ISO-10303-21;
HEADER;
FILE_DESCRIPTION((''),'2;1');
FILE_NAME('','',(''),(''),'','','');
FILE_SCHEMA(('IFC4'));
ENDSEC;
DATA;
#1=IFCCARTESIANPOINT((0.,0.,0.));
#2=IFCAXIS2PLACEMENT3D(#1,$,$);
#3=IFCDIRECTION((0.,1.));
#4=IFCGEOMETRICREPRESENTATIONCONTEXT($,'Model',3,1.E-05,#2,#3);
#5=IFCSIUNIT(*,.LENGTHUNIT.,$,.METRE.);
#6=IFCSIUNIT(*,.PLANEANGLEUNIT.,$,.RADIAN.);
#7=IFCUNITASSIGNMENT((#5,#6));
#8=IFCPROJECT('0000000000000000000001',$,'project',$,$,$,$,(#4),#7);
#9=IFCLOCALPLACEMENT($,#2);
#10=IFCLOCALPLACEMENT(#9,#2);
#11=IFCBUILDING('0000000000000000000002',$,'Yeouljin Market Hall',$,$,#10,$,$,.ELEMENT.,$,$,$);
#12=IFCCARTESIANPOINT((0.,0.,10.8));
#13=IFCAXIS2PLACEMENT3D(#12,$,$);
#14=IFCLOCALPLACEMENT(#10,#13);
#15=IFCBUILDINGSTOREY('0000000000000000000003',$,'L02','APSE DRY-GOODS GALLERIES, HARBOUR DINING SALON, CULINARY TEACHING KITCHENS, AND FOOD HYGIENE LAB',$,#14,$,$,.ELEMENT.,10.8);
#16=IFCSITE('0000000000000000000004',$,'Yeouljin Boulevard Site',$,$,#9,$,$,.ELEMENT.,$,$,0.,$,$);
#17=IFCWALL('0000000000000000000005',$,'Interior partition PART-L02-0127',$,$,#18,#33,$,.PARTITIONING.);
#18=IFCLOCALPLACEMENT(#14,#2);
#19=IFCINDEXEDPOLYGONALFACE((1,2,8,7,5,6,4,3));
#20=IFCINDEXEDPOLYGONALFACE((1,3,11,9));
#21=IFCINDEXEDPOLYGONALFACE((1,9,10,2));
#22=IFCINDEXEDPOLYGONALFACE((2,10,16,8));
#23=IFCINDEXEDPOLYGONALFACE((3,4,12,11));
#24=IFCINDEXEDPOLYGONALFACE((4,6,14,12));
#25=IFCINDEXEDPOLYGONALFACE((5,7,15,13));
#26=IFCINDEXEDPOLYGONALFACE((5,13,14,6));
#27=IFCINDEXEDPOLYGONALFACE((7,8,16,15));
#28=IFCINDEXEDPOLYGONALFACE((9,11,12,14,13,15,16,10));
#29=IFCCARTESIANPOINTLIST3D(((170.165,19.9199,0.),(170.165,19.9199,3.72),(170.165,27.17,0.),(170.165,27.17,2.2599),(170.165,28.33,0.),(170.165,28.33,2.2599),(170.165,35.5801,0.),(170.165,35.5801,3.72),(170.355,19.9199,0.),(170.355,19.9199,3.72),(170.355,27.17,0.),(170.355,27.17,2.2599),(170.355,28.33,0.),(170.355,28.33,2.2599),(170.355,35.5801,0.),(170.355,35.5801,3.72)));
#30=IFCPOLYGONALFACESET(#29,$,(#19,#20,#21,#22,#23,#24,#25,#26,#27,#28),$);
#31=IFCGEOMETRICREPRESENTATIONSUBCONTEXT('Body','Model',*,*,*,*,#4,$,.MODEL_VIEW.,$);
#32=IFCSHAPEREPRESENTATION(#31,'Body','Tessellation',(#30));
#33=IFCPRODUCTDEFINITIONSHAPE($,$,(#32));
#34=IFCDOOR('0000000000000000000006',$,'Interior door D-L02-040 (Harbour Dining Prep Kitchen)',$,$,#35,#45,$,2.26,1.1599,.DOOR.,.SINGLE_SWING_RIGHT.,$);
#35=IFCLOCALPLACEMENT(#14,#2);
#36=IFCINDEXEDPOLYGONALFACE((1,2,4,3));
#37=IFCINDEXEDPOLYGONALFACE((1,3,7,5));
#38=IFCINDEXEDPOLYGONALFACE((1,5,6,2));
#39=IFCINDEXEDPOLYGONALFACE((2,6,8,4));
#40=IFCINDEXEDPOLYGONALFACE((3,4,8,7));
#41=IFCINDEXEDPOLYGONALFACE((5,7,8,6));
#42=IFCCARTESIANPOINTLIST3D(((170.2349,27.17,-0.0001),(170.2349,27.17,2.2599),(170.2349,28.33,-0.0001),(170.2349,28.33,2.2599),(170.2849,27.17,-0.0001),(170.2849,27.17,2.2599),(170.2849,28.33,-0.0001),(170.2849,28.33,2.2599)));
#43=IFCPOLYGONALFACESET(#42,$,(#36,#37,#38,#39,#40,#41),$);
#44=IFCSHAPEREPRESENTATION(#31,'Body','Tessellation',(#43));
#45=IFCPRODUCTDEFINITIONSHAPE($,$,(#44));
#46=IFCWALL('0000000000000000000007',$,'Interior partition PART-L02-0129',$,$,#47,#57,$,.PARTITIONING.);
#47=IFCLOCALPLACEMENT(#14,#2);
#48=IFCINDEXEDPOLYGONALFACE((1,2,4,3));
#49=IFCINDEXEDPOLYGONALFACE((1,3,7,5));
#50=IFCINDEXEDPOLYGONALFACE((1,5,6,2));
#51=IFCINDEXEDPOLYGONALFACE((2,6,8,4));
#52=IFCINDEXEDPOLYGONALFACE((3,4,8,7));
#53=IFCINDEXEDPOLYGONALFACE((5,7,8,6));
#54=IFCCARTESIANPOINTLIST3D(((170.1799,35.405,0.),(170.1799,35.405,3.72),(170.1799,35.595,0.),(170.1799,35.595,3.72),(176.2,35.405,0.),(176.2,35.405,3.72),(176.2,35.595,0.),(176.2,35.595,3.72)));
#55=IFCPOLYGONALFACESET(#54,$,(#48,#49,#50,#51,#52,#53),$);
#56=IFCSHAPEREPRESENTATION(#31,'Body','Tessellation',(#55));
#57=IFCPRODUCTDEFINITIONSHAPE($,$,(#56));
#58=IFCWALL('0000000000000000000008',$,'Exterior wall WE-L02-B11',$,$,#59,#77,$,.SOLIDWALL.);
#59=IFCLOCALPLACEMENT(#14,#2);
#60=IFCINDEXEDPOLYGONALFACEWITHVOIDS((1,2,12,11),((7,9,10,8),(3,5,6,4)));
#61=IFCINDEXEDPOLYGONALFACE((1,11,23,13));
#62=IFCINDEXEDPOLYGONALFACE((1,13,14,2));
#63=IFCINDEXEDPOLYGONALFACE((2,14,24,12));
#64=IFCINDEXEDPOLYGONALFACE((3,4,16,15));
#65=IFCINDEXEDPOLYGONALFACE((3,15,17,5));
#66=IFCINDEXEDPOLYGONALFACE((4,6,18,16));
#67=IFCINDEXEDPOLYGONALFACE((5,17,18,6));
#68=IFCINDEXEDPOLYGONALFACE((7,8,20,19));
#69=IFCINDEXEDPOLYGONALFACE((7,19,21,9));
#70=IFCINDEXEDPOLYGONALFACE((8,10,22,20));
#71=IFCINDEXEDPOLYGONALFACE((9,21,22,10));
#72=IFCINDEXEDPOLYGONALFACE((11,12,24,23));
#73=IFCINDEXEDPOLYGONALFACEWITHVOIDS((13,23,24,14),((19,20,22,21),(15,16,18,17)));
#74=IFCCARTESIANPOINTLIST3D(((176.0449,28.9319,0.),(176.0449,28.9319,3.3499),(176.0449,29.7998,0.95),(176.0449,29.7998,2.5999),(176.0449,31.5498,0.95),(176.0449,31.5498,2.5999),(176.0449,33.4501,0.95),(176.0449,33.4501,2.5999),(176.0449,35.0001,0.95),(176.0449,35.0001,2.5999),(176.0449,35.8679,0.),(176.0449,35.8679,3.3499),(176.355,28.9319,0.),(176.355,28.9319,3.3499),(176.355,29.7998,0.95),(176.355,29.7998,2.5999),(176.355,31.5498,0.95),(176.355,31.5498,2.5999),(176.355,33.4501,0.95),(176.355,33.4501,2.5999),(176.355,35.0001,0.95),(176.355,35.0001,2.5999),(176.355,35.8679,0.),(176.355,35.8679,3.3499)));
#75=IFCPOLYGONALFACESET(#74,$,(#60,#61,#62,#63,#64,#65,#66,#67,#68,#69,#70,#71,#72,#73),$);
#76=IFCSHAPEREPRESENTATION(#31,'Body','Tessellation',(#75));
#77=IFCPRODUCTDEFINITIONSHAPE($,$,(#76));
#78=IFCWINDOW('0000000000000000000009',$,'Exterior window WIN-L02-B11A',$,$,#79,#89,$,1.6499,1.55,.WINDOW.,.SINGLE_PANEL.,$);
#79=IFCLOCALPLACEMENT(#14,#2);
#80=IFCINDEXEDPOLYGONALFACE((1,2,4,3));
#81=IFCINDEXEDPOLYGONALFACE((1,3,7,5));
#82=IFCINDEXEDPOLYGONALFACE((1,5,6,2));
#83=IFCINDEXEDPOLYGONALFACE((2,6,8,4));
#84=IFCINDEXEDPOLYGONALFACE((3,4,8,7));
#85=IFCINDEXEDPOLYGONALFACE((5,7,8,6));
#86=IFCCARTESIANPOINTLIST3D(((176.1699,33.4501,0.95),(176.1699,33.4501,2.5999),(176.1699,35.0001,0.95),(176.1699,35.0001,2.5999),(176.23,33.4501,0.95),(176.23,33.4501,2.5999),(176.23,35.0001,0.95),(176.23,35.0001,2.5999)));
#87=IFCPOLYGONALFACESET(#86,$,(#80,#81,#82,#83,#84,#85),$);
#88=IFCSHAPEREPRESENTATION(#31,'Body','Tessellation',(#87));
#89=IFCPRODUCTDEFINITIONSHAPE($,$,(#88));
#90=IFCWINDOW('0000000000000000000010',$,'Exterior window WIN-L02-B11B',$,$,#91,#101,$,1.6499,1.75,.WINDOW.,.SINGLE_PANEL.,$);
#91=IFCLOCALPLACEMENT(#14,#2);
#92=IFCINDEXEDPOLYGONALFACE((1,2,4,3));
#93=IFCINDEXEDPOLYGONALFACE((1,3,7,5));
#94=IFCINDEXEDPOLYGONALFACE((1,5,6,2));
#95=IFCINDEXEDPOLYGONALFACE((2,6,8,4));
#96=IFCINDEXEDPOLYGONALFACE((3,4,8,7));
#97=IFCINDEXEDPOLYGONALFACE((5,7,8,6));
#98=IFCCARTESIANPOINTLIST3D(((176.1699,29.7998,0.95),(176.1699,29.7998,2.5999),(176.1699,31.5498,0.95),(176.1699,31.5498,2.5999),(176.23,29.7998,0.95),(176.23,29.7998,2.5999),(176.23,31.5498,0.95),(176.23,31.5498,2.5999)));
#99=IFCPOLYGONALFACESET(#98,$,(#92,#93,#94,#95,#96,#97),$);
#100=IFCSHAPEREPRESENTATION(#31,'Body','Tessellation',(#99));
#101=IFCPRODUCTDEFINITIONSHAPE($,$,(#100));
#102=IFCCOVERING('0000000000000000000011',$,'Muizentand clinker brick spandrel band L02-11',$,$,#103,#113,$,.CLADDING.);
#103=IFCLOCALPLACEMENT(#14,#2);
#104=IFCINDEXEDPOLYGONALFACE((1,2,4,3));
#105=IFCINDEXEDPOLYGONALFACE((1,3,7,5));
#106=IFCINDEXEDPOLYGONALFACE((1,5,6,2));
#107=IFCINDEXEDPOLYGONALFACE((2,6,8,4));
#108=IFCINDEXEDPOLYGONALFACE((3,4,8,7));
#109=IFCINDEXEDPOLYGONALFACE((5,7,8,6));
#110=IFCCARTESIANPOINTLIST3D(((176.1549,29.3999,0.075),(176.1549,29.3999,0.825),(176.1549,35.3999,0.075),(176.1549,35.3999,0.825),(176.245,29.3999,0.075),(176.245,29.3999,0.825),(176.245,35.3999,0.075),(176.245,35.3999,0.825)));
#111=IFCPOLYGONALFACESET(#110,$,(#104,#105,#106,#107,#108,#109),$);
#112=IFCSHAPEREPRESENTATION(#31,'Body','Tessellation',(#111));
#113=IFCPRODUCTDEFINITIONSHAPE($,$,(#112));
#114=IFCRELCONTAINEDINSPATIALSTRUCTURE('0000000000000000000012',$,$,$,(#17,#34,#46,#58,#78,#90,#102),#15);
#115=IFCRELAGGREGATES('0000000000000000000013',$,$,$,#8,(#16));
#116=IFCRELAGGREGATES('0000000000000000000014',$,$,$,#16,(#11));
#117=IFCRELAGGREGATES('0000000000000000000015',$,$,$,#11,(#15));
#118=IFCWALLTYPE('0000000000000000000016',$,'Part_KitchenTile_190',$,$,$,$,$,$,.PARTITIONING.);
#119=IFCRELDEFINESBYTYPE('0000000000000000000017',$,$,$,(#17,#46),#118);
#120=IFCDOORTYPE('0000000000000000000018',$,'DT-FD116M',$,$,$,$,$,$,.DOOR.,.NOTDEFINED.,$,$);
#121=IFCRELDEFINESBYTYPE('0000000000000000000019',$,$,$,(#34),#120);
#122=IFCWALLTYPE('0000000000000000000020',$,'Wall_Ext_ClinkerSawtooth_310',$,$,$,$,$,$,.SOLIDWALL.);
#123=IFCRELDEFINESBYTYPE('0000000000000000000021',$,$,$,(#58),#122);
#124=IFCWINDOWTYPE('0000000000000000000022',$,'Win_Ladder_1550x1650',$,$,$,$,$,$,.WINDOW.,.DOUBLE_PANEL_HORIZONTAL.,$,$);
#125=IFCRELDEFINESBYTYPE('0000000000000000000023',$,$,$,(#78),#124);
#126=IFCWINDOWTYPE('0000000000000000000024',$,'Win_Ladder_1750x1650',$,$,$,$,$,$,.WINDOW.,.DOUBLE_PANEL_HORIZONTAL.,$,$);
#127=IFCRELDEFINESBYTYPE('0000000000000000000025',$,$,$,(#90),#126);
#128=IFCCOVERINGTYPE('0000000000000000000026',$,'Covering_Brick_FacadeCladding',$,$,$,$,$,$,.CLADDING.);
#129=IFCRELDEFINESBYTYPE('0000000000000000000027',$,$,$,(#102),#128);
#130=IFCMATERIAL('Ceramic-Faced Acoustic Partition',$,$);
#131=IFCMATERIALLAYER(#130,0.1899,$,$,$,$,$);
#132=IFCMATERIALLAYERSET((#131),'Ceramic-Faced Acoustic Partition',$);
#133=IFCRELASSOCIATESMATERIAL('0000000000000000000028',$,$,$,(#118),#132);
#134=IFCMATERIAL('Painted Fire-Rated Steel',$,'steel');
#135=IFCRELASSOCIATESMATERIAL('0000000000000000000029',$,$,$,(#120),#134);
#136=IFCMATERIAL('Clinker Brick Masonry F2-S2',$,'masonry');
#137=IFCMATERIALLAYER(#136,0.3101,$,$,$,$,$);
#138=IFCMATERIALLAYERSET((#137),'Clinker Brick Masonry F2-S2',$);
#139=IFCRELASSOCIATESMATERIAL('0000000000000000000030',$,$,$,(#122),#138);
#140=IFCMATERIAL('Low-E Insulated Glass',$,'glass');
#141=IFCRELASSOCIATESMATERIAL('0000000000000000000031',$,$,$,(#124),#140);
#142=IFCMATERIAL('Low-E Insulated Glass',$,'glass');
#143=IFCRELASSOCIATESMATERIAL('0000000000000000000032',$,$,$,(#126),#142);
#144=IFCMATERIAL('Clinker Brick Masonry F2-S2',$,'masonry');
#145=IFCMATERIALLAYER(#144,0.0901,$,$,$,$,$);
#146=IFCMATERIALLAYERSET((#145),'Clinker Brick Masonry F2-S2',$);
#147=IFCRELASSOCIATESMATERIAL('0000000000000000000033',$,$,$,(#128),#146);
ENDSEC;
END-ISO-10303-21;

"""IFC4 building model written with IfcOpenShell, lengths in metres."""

from ifc_helpers import new_model, si_unit, direction, frame, frame_2d, origin, origin_2d, place, context, subcontext, project, spatial, rectangle, extrude, material, layer, layer_set, type_object, element, fill, save


model = new_model("IFC4")

# Units and contexts
model_context = context("Model", 3, precision=1e-05, world=origin(), true_north=direction((0.0, 1.0)))
body_context = subcontext(model_context, "Body", "Model", "MODEL_VIEW")
ifc_project = project(units=[si_unit("LENGTHUNIT", "METRE"), si_unit("PLANEANGLEUNIT", "RADIAN")], contexts=[model_context])

# Site, building, storey
site_placement = place(None, origin())
site = spatial("IfcSite", under=ifc_project, at=site_placement, Name="Yeouljin Boulevard Site", CompositionType="ELEMENT", RefElevation=0.0)
building_placement = place(site_placement, origin())
building = spatial("IfcBuilding", under=site, at=building_placement, Name="Yeouljin Market Hall", CompositionType="ELEMENT")
storey_placement = place(building_placement, frame((0.0, 0.0, 10.8)))
storey = spatial("IfcBuildingStorey", under=building, at=storey_placement, Name="L02", Description="APSE DRY-GOODS GALLERIES, HARBOUR DINING SALON, CULINARY TEACHING KITCHENS, AND FOOD HYGIENE LAB", CompositionType="ELEMENT", Elevation=10.8)

# Wall, opening, door
ifc_material_1 = material(Name="Ceramic-Faced Acoustic Partition")
ifc_layer_1 = layer(ifc_material_1, 0.1899)
ifc_layer_set_1 = layer_set([ifc_layer_1], Name="Ceramic-Faced Acoustic Partition")
wall_type_1 = type_object("IfcWallType", Name="Part_KitchenTile_190", PredefinedType="PARTITIONING", material=ifc_layer_set_1)
wall_1_placement = place(storey_placement, frame((170.26, 35.5801, 0.0), z_axis=(0.0, 0.0, 1.0), x_axis=(0.0, -1.0, 0.0)))
wall_1 = element("IfcWall", 1, at=wall_1_placement, inside=storey, type_object=wall_type_1, Name="Interior partition PART-L02-0127", PredefinedType="PARTITIONING", context=body_context, shape_type="SweptSolid", body=[
    extrude(rectangle(XDim=15.6602, YDim=0.1899, at=frame_2d((7.8301, 0.0))), origin(), (0.0, 0.0, 1.0), 3.72),
])
opening_1_placement = place(wall_1_placement, frame((7.25, 0.0, 0.0)))
opening_1 = element("IfcOpeningElement", 2, at=opening_1_placement, cuts=wall_1, PredefinedType="OPENING", context=body_context, shape_type="SweptSolid", body=[
    extrude(rectangle(XDim=1.1599, YDim=2.26, at=frame_2d((0.5801, 1.1299))), frame((0.0, 0.105, 0.0), z_axis=(0.0, -1.0, 0.0), x_axis=(1.0, 0.0, 0.0)), (0.0, 0.0, 1.0), 0.21),
])
ifc_material_2 = material(Name="Painted Fire-Rated Steel", Category="steel")
door_type = type_object("IfcDoorType", Name="DT-FD116M", OperationType="NOTDEFINED", PredefinedType="DOOR", material=ifc_material_2)
door_placement = place(opening_1_placement, origin())
door = element("IfcDoor", 3, at=door_placement, inside=storey, type_object=door_type, Name="Interior door D-L02-040 (Harbour Dining Prep Kitchen)", OperationType="SINGLE_SWING_RIGHT", OverallHeight=2.26, OverallWidth=1.1599, PredefinedType="DOOR", context=body_context, shape_type="SweptSolid", body=[
    extrude(rectangle(XDim=1.1599, YDim=2.26, at=frame_2d((0.5801, 1.1299))), frame((0.0, 0.0249, 0.0), z_axis=(0.0, -1.0, 0.0), x_axis=(1.0, 0.0, 0.0)), (0.0, 0.0, 1.0), 0.05),
])
fill(opening_1, door)

# Wall
wall_2_placement = place(storey_placement, frame((176.2, 35.5, 0.0), z_axis=(0.0, 0.0, 1.0), x_axis=(-1.0, 0.0, 0.0)))
element("IfcWall", 4, at=wall_2_placement, inside=storey, type_object=wall_type_1, Name="Interior partition PART-L02-0129", PredefinedType="PARTITIONING", context=body_context, shape_type="SweptSolid", body=[
    extrude(rectangle(XDim=6.02, YDim=0.1899, at=frame_2d((3.01, 0.0))), origin(), (0.0, 0.0, 1.0), 3.72),
])

# Wall, openings, windows
ifc_material_3 = material(Name="Clinker Brick Masonry F2-S2", Category="masonry")
ifc_layer_2 = layer(ifc_material_3, 0.3101)
ifc_layer_set_2 = layer_set([ifc_layer_2], Name="Clinker Brick Masonry F2-S2")
wall_type_2 = type_object("IfcWallType", Name="Wall_Ext_ClinkerSawtooth_310", PredefinedType="SOLIDWALL", material=ifc_layer_set_2)
wall_3_placement = place(storey_placement, frame((176.2, 35.8679, 0.0), z_axis=(0.0, 0.0, 1.0), x_axis=(0.0, -1.0, 0.0)))
wall_3 = element("IfcWall", 5, at=wall_3_placement, inside=storey, type_object=wall_type_2, Name="Exterior wall WE-L02-B11", PredefinedType="SOLIDWALL", context=body_context, shape_type="SweptSolid", body=[
    extrude(rectangle(XDim=6.936, YDim=0.3101, at=frame_2d((3.468, 0.0))), origin(), (0.0, 0.0, 1.0), 3.3499),
])
opening_2_placement = place(wall_3_placement, frame((0.8679, 0.0, 0.95)))
opening_2 = element("IfcOpeningElement", 6, at=opening_2_placement, cuts=wall_3, PredefinedType="OPENING", context=body_context, shape_type="SweptSolid", body=[
    extrude(rectangle(XDim=1.55, YDim=1.6499, at=frame_2d((0.7749, 0.825))), frame((0.0, 0.165, 0.0), z_axis=(0.0, -1.0, 0.0), x_axis=(1.0, 0.0, 0.0)), (0.0, 0.0, 1.0), 0.3301),
])
opening_3_placement = place(wall_3_placement, frame((4.3181, 0.0, 0.95)))
opening_3 = element("IfcOpeningElement", 7, at=opening_3_placement, cuts=wall_3, PredefinedType="OPENING", context=body_context, shape_type="SweptSolid", body=[
    extrude(rectangle(XDim=1.75, YDim=1.6499, at=frame_2d((0.875, 0.825))), frame((0.0, 0.165, 0.0), z_axis=(0.0, -1.0, 0.0), x_axis=(1.0, 0.0, 0.0)), (0.0, 0.0, 1.0), 0.3301),
])
ifc_material_4 = material(Name="Low-E Insulated Glass", Category="glass")
window_type_1 = type_object("IfcWindowType", Name="Win_Ladder_1550x1650", PartitioningType="DOUBLE_PANEL_HORIZONTAL", PredefinedType="WINDOW", material=ifc_material_4)
window_1_placement = place(opening_2_placement, origin())
window_1 = element("IfcWindow", 8, at=window_1_placement, inside=storey, type_object=window_type_1, Name="Exterior window WIN-L02-B11A", OverallHeight=1.6499, OverallWidth=1.55, PartitioningType="SINGLE_PANEL", PredefinedType="WINDOW", context=body_context, shape_type="SweptSolid", body=[
    extrude(rectangle(XDim=1.55, YDim=1.6499, at=frame_2d((0.7749, 0.825))), frame((0.0, 0.03, 0.0), z_axis=(0.0, -1.0, 0.0), x_axis=(1.0, 0.0, 0.0)), (0.0, 0.0, 1.0), 0.0601),
])
fill(opening_2, window_1)
ifc_material_5 = material(Name="Low-E Insulated Glass", Category="glass")
window_type_2 = type_object("IfcWindowType", Name="Win_Ladder_1750x1650", PartitioningType="DOUBLE_PANEL_HORIZONTAL", PredefinedType="WINDOW", material=ifc_material_5)
window_2_placement = place(opening_3_placement, origin())
window_2 = element("IfcWindow", 9, at=window_2_placement, inside=storey, type_object=window_type_2, Name="Exterior window WIN-L02-B11B", OverallHeight=1.6499, OverallWidth=1.75, PartitioningType="SINGLE_PANEL", PredefinedType="WINDOW", context=body_context, shape_type="SweptSolid", body=[
    extrude(rectangle(XDim=1.75, YDim=1.6499, at=frame_2d((0.875, 0.825))), frame((0.0, 0.03, 0.0), z_axis=(0.0, -1.0, 0.0), x_axis=(1.0, 0.0, 0.0)), (0.0, 0.0, 1.0), 0.0601),
])
fill(opening_3, window_2)

# Covering
ifc_material_6 = material(Name="Clinker Brick Masonry F2-S2", Category="masonry")
ifc_layer_3 = layer(ifc_material_6, 0.0901)
ifc_layer_set_3 = layer_set([ifc_layer_3], Name="Clinker Brick Masonry F2-S2")
covering_type = type_object("IfcCoveringType", Name="Covering_Brick_FacadeCladding", PredefinedType="CLADDING", material=ifc_layer_set_3)
covering_placement = place(storey_placement, frame((176.2, 32.3999, 0.075), z_axis=(0.0, 0.0, 1.0), x_axis=(0.0, -1.0, 0.0)))
element("IfcCovering", 10, at=covering_placement, inside=storey, type_object=covering_type, Name="Muizentand clinker brick spandrel band L02-11", PredefinedType="CLADDING", context=body_context, shape_type="SweptSolid", body=[
    extrude(rectangle(XDim=6.0, YDim=0.0901, at=origin_2d()), origin(), (0.0, 0.0, 1.0), 0.75),
])

save(model, "model.ifc")
